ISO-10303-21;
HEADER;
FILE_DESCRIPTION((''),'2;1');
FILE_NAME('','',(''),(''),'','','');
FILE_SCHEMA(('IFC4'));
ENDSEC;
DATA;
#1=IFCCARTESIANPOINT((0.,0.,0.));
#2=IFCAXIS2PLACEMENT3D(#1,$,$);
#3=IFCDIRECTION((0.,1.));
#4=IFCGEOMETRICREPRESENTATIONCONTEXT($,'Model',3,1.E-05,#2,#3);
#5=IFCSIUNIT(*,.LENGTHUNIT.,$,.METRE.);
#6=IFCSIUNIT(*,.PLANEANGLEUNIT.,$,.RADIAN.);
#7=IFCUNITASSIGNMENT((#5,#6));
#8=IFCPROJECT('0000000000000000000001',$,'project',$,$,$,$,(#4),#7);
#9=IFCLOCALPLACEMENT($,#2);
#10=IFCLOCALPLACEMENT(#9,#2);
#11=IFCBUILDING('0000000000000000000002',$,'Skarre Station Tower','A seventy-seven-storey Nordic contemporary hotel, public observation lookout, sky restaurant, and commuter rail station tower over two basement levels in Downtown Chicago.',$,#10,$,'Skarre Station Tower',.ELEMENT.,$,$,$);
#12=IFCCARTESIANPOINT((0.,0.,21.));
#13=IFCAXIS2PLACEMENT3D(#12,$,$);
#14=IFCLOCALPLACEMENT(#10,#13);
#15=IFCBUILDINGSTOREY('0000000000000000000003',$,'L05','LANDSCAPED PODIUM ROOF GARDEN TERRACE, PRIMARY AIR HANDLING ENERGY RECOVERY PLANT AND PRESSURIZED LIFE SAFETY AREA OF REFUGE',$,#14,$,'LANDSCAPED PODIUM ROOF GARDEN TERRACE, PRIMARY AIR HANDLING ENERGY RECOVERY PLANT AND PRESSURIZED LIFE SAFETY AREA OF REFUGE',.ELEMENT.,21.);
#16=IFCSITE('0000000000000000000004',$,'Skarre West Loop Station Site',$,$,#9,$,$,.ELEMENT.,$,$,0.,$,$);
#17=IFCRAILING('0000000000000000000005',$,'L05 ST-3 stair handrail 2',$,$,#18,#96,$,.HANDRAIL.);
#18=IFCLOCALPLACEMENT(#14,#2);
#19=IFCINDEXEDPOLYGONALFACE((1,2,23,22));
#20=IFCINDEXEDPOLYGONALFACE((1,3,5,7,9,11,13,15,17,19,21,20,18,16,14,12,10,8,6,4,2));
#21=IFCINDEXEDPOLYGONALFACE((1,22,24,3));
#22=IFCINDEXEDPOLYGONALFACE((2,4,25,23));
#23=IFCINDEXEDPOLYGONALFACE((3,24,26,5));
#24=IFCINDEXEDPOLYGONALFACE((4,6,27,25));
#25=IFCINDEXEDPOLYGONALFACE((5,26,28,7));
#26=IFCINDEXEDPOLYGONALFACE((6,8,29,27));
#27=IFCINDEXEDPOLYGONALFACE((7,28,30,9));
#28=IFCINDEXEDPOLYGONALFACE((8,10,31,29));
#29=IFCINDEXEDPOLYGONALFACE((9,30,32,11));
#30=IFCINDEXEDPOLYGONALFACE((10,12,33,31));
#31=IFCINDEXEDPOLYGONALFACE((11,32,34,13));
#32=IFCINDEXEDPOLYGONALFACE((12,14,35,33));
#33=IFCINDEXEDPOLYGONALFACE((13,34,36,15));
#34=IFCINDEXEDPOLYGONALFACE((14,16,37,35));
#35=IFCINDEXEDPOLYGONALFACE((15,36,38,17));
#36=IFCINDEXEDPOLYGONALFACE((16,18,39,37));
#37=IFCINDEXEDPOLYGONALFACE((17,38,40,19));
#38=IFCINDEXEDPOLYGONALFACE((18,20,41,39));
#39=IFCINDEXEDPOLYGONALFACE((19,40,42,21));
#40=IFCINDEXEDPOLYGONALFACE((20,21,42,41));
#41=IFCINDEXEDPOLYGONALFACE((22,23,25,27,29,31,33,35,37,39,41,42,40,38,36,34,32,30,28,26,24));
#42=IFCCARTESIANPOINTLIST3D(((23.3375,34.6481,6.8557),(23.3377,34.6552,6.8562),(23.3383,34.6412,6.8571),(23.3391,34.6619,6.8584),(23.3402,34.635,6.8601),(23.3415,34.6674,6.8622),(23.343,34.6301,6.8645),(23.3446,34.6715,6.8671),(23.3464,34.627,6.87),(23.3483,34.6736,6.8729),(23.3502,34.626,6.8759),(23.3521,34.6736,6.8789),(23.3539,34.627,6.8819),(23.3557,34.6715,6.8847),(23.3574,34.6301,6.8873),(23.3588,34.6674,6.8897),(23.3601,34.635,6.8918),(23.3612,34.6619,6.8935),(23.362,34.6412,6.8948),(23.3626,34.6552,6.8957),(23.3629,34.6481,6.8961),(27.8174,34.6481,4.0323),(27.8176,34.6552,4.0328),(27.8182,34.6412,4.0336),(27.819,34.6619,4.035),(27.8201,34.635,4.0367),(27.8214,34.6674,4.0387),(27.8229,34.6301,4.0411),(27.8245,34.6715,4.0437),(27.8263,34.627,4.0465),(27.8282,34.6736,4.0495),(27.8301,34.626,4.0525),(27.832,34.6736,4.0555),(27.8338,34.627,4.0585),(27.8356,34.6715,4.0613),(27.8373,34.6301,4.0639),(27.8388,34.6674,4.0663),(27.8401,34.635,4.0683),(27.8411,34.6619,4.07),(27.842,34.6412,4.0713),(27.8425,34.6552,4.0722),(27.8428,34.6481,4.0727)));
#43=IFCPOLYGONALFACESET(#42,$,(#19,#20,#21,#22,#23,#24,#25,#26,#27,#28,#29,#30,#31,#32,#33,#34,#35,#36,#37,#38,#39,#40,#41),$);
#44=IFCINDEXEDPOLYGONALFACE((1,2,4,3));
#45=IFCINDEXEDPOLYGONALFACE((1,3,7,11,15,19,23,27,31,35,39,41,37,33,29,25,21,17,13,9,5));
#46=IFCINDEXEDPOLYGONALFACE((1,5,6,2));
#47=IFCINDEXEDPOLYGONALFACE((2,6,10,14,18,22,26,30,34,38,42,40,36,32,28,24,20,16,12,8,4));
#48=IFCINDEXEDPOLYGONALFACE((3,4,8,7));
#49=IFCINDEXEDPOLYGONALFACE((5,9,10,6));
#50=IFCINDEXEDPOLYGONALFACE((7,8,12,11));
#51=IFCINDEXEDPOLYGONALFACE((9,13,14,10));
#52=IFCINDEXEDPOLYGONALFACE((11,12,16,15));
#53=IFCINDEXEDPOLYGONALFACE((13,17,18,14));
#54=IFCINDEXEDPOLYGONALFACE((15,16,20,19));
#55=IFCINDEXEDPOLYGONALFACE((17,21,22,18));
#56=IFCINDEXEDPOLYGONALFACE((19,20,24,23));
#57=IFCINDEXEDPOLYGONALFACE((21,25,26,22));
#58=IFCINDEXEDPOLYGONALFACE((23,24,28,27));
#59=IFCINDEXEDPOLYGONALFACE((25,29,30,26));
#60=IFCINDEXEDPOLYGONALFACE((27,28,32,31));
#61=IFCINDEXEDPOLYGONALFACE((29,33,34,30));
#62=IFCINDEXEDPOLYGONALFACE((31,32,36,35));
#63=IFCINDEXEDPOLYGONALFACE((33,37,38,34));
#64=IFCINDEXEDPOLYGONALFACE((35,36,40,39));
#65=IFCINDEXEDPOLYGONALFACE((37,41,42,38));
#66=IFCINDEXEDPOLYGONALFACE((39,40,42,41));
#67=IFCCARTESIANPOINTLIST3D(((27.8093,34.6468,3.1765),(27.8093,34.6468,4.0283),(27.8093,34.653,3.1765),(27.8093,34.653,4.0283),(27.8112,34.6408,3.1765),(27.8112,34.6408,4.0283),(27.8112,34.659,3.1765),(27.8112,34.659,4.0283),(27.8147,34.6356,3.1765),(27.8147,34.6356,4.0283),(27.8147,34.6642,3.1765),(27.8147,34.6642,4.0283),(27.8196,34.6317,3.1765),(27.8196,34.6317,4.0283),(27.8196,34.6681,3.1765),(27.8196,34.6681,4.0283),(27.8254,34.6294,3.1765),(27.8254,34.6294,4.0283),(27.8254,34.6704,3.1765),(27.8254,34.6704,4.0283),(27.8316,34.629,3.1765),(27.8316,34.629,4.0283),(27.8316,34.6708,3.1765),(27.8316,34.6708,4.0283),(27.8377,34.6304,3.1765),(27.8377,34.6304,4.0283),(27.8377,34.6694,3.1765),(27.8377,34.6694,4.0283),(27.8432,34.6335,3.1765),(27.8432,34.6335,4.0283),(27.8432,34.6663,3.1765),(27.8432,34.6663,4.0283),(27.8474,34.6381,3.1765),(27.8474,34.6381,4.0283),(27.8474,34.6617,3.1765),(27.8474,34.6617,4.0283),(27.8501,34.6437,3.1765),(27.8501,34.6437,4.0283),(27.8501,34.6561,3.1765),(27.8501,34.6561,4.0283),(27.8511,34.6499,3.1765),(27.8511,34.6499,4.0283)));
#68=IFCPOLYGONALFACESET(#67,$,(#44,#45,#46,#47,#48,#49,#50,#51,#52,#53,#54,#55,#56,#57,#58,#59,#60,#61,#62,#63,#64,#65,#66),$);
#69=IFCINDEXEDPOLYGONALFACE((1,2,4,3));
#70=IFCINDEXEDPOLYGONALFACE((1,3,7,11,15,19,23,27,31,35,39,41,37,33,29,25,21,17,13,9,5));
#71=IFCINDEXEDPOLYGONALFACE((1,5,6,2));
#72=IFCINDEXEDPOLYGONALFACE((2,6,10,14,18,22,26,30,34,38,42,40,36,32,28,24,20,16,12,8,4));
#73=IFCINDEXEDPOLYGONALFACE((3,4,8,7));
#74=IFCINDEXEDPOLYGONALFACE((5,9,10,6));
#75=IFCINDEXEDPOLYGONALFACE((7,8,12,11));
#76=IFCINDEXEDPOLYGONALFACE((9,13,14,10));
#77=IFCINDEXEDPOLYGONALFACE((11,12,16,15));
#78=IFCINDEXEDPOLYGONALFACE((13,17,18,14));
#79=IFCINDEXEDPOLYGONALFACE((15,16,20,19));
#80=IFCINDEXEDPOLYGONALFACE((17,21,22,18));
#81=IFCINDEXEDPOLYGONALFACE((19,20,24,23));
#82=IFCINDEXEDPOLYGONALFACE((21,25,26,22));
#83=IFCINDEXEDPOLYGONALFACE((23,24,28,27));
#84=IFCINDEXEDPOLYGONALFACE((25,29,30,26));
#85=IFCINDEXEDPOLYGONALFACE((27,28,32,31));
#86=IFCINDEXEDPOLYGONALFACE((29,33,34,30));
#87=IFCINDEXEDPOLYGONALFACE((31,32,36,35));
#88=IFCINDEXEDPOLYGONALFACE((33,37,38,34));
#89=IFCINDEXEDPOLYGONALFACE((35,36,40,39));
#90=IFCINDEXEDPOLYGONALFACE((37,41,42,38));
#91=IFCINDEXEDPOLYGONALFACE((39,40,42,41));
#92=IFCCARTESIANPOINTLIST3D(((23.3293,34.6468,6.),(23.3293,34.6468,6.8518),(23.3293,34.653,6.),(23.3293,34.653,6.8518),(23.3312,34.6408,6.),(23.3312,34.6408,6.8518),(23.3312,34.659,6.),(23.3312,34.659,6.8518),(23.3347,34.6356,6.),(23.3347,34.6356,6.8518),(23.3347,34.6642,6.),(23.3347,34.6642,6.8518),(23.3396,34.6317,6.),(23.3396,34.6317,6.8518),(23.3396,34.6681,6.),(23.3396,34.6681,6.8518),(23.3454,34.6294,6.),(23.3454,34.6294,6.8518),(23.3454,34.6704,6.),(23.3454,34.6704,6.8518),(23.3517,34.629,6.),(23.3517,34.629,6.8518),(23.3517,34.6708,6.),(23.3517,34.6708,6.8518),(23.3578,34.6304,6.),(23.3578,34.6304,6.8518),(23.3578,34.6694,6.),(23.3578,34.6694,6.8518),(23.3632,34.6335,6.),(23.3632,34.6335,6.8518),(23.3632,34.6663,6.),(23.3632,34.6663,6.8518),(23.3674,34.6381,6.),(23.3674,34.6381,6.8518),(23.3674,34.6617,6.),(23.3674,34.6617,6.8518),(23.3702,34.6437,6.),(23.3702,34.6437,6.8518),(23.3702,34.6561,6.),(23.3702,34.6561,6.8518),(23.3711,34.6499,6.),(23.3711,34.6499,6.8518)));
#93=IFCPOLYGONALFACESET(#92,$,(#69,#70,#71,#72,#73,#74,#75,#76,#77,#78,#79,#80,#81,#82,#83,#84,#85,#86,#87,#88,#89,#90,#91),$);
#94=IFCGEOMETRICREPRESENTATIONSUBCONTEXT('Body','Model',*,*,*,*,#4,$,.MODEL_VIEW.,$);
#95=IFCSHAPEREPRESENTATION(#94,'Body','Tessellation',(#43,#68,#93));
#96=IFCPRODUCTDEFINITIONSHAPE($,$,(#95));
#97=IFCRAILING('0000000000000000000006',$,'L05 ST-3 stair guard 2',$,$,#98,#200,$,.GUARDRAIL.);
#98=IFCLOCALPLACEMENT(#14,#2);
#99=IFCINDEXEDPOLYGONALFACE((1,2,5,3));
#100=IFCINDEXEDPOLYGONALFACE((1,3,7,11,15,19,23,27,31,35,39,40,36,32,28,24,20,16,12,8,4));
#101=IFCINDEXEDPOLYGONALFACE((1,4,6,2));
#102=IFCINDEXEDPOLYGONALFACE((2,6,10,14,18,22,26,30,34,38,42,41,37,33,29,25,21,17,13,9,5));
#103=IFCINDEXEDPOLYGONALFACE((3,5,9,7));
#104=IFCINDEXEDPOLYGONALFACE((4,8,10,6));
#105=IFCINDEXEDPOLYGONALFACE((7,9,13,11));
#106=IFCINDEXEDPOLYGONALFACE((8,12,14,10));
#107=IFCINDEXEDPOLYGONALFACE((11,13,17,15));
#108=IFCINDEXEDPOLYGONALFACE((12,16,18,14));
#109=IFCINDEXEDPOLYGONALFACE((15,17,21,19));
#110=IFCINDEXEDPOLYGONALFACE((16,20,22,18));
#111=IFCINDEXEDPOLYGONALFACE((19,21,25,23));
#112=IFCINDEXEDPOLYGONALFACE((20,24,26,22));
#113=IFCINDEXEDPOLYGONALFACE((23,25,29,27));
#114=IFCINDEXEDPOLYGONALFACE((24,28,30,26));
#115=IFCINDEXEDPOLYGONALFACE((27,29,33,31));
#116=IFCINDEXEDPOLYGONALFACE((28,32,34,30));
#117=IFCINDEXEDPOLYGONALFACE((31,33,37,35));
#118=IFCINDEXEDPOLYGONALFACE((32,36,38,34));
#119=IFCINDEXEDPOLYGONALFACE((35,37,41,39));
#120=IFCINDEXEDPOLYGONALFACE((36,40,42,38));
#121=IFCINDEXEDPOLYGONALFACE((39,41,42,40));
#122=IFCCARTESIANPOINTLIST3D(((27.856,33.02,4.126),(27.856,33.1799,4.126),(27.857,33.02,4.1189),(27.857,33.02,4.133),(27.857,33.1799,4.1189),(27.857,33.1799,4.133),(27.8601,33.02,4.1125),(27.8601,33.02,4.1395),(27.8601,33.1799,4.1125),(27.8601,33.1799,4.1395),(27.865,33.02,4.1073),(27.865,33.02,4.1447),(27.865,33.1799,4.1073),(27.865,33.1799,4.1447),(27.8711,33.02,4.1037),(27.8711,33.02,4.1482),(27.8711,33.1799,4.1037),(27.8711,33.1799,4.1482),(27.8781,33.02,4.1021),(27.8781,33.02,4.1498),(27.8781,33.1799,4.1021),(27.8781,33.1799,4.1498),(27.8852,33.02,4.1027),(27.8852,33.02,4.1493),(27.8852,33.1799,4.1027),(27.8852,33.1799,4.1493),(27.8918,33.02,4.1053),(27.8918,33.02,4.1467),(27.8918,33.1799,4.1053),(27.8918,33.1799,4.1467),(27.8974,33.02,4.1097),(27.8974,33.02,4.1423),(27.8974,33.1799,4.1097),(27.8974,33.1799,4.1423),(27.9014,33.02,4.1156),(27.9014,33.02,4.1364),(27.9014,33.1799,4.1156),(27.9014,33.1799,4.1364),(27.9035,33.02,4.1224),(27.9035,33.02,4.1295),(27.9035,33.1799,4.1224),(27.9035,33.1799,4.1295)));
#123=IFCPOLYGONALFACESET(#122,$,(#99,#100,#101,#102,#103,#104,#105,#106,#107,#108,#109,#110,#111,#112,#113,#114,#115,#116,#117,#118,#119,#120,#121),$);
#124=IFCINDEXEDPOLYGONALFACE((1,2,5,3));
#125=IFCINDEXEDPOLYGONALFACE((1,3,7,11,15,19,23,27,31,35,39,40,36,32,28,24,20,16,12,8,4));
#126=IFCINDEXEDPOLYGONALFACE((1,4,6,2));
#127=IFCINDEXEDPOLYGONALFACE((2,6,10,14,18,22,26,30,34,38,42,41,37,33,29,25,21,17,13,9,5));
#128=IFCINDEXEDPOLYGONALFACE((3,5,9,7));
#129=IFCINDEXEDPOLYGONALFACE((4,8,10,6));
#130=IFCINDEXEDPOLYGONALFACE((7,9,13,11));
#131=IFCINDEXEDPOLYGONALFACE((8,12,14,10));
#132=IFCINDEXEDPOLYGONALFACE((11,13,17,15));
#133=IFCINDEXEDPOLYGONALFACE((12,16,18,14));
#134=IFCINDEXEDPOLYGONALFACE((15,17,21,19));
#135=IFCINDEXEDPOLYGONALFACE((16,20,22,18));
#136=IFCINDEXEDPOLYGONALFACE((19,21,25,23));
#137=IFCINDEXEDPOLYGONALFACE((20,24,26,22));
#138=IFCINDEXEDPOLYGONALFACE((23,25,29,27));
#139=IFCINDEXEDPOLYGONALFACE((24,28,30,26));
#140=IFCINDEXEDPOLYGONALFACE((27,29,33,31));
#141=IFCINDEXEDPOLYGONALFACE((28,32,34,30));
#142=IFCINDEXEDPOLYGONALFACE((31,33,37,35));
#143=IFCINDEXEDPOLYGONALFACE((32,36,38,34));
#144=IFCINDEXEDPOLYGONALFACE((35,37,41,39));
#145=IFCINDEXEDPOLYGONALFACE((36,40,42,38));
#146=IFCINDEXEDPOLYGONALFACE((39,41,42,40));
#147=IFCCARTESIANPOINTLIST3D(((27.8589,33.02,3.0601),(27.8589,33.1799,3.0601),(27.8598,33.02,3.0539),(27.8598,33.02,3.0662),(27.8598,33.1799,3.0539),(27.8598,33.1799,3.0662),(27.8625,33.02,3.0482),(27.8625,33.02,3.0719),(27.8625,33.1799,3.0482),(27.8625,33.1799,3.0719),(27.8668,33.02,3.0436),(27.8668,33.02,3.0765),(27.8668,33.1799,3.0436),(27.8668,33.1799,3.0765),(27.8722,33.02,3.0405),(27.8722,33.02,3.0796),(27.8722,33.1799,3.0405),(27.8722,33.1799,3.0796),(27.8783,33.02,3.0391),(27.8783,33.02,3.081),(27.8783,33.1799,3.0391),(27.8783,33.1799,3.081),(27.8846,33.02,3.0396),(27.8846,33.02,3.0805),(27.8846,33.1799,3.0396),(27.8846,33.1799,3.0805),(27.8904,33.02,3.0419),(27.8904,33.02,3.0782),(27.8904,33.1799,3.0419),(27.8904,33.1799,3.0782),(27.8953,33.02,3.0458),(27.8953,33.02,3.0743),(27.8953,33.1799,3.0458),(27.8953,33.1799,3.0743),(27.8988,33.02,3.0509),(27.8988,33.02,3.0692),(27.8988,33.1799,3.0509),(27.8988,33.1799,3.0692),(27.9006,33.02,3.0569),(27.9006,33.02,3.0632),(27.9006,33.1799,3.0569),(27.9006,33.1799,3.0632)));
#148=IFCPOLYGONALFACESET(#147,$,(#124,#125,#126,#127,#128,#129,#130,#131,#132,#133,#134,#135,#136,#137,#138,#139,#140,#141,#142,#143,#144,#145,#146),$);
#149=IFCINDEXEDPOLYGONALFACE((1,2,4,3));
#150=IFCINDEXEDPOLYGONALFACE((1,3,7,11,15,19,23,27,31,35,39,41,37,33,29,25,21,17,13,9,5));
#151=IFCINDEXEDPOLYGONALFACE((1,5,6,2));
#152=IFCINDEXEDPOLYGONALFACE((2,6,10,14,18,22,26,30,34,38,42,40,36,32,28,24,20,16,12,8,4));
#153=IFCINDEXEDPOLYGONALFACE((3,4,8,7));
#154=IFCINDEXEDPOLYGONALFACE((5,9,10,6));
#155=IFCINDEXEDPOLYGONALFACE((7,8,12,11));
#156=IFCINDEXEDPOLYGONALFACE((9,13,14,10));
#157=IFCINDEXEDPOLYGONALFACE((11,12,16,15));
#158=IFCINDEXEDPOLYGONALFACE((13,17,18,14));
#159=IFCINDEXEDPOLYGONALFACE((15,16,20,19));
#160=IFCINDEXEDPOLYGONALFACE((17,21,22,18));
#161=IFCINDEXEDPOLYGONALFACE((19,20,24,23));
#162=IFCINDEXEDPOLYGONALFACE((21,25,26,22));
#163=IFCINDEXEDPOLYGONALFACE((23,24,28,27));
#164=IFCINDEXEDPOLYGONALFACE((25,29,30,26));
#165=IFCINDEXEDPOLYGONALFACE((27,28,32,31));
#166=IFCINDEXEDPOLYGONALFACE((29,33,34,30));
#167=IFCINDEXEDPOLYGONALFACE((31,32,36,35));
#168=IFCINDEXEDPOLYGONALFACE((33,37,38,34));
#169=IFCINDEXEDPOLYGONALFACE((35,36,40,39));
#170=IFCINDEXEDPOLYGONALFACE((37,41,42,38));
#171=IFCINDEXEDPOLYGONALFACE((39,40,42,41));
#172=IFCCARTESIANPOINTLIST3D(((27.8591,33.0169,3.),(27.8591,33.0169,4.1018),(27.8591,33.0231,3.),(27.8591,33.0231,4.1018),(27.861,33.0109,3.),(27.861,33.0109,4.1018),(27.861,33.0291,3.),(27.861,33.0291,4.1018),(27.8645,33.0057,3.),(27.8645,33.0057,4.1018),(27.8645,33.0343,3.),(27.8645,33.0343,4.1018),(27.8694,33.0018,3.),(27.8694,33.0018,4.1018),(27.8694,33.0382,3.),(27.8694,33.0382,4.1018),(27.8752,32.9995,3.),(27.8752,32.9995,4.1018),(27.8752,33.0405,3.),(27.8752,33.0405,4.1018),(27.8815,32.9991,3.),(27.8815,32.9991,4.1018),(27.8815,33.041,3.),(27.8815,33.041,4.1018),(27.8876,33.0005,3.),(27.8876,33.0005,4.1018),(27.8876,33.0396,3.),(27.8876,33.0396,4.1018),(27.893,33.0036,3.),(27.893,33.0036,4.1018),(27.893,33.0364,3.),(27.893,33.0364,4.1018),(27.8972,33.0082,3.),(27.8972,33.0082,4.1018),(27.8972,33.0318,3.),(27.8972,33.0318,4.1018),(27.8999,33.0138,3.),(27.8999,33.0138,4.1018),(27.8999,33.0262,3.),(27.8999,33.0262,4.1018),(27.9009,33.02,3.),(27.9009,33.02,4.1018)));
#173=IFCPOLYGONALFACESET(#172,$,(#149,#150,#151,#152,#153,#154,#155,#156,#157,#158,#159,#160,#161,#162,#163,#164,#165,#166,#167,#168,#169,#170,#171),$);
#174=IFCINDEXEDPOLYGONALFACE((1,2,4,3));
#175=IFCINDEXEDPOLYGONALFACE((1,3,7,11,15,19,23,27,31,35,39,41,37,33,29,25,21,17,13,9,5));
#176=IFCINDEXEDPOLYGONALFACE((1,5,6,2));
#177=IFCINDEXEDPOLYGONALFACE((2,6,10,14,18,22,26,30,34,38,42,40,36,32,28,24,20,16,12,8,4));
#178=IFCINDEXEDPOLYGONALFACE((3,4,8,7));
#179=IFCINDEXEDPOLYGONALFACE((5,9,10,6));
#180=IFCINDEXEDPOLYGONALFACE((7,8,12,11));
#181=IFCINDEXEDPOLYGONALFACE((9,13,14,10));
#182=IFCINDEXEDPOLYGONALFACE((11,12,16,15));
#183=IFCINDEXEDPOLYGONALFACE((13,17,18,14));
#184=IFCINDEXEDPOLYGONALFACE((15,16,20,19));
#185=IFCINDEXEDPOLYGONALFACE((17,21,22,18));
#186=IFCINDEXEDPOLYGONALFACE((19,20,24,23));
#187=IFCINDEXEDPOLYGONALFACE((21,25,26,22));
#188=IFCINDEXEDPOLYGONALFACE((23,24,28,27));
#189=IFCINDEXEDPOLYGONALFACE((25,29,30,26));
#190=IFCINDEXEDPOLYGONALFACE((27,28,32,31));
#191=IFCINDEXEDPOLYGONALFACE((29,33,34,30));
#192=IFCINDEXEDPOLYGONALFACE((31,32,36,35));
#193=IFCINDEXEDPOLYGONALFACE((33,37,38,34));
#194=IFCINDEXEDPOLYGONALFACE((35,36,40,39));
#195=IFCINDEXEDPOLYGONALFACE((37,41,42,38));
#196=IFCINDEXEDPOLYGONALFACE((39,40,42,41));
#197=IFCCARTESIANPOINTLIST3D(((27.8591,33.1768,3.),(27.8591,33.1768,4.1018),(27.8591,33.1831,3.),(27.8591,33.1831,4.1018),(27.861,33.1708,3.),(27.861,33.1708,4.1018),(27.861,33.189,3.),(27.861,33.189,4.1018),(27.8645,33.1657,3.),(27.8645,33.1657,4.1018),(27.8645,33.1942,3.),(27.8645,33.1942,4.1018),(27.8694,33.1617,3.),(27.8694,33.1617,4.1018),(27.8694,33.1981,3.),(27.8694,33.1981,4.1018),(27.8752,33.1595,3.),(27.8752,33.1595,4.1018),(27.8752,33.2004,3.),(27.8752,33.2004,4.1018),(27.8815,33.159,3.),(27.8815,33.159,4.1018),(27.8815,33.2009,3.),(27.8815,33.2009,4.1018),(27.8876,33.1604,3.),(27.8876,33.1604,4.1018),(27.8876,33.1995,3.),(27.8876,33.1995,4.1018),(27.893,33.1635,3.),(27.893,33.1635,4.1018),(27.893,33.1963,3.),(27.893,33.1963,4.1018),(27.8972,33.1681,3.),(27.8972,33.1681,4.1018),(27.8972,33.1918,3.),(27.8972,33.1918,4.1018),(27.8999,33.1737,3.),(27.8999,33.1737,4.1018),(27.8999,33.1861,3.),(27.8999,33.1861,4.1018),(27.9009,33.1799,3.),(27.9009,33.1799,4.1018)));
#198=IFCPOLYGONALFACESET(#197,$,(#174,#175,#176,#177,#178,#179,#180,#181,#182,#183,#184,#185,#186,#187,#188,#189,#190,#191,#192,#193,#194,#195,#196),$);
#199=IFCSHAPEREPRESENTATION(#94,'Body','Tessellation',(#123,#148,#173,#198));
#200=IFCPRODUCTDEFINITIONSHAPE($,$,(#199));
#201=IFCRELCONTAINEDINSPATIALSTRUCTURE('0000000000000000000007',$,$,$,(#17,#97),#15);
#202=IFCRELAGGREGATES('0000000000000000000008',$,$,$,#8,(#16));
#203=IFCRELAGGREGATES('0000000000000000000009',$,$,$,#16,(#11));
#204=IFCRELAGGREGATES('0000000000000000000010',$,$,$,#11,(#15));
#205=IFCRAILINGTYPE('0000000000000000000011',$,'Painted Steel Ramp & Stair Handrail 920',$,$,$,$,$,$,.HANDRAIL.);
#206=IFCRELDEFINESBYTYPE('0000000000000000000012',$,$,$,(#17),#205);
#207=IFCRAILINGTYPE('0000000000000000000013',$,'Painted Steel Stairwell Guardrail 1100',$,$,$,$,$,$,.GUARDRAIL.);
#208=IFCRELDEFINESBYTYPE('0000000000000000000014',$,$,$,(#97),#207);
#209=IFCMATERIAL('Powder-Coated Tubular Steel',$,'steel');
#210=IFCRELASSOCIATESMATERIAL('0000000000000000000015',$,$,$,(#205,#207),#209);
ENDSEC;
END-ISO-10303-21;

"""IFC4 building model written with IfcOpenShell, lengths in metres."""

from ifc_helpers import new_model, si_unit, direction, frame, origin, origin_2d, place, context, subcontext, project, spatial, circle, extrude, material, type_object, element, save


model = new_model("IFC4")

# Units and contexts
model_context = context("Model", 3, precision=1e-05, world=origin(), true_north=direction((0.0, 1.0)))
body_context = subcontext(model_context, "Body", "Model", "MODEL_VIEW")
ifc_project = project(units=[si_unit("LENGTHUNIT", "METRE"), si_unit("PLANEANGLEUNIT", "RADIAN")], contexts=[model_context])

# Site, building, storey
site_placement = place(None, origin())
site = spatial("IfcSite", under=ifc_project, at=site_placement, Name="Skarre West Loop Station Site", CompositionType="ELEMENT", RefElevation=0.0)
building_placement = place(site_placement, origin())
building = spatial("IfcBuilding", under=site, at=building_placement, Name="Skarre Station Tower", Description="A seventy-seven-storey Nordic contemporary hotel, public observation lookout, sky restaurant, and commuter rail station tower over two basement levels in Downtown Chicago.", LongName="Skarre Station Tower", CompositionType="ELEMENT")
storey_placement = place(building_placement, frame((0.0, 0.0, 21.0)))
storey = spatial("IfcBuildingStorey", under=building, at=storey_placement, Name="L05", Description="LANDSCAPED PODIUM ROOF GARDEN TERRACE, PRIMARY AIR HANDLING ENERGY RECOVERY PLANT AND PRESSURIZED LIFE SAFETY AREA OF REFUGE", LongName="LANDSCAPED PODIUM ROOF GARDEN TERRACE, PRIMARY AIR HANDLING ENERGY RECOVERY PLANT AND PRESSURIZED LIFE SAFETY AREA OF REFUGE", CompositionType="ELEMENT", Elevation=21.0)

# Railings
ifc_material_1 = material(Name="Powder-Coated Tubular Steel", Category="steel")
railing_type_1 = type_object("IfcRailingType", Name="Painted Steel Ramp & Stair Handrail 920", PredefinedType="HANDRAIL", material=ifc_material_1)
railing_1_placement = place(storey_placement, frame((27.8301, 34.6499, 3.1765)))
element("IfcRailing", 1, at=railing_1_placement, inside=storey, type_object=railing_type_1, Name="L05 ST-3 stair handrail 2", PredefinedType="HANDRAIL", context=body_context, shape_type="SweptSolid", body=[
    extrude(circle(Radius=0.0239, at=origin_2d()), frame((0.0, 0.0, 0.876), z_axis=(-0.845998, 0.0, 0.533186), x_axis=(0.0, -1.0, 0.0)), (0.0, 0.0, 1.0), 5.2954),
    extrude(circle(Radius=0.021, at=origin_2d()), origin(), (0.0, 0.0, 1.0), 0.8518),
    extrude(circle(Radius=0.021, at=origin_2d()), frame((-4.48, 0.0, 2.8235)), (0.0, 0.0, 1.0), 0.8518),
])
railing_type_2 = type_object("IfcRailingType", Name="Painted Steel Stairwell Guardrail 1100", PredefinedType="GUARDRAIL", material=ifc_material_1)
railing_2_placement = place(storey_placement, frame((27.8799, 33.02, 3.0)))
element("IfcRailing", 2, at=railing_2_placement, inside=storey, type_object=railing_type_2, Name="L05 ST-3 stair guard 2", PredefinedType="GUARDRAIL", context=body_context, shape_type="SweptSolid", body=[
    extrude(circle(Radius=0.0239, at=origin_2d()), frame((0.0, 0.0, 1.126), z_axis=(0.0, 1.0, 0.0), x_axis=(-1.0, 0.0, 0.0)), (0.0, 0.0, 1.0), 0.1599),
    extrude(circle(Radius=0.021, at=origin_2d()), frame((0.0, 0.0, 0.0601), z_axis=(0.0, 1.0, 0.0), x_axis=(-1.0, 0.0, 0.0)), (0.0, 0.0, 1.0), 0.1599),
    extrude(circle(Radius=0.021, at=origin_2d()), origin(), (0.0, 0.0, 1.0), 1.1018),
    extrude(circle(Radius=0.021, at=origin_2d()), frame((0.0, 0.1599, 0.0)), (0.0, 0.0, 1.0), 1.1018),
])

save(model, "model.ifc")
